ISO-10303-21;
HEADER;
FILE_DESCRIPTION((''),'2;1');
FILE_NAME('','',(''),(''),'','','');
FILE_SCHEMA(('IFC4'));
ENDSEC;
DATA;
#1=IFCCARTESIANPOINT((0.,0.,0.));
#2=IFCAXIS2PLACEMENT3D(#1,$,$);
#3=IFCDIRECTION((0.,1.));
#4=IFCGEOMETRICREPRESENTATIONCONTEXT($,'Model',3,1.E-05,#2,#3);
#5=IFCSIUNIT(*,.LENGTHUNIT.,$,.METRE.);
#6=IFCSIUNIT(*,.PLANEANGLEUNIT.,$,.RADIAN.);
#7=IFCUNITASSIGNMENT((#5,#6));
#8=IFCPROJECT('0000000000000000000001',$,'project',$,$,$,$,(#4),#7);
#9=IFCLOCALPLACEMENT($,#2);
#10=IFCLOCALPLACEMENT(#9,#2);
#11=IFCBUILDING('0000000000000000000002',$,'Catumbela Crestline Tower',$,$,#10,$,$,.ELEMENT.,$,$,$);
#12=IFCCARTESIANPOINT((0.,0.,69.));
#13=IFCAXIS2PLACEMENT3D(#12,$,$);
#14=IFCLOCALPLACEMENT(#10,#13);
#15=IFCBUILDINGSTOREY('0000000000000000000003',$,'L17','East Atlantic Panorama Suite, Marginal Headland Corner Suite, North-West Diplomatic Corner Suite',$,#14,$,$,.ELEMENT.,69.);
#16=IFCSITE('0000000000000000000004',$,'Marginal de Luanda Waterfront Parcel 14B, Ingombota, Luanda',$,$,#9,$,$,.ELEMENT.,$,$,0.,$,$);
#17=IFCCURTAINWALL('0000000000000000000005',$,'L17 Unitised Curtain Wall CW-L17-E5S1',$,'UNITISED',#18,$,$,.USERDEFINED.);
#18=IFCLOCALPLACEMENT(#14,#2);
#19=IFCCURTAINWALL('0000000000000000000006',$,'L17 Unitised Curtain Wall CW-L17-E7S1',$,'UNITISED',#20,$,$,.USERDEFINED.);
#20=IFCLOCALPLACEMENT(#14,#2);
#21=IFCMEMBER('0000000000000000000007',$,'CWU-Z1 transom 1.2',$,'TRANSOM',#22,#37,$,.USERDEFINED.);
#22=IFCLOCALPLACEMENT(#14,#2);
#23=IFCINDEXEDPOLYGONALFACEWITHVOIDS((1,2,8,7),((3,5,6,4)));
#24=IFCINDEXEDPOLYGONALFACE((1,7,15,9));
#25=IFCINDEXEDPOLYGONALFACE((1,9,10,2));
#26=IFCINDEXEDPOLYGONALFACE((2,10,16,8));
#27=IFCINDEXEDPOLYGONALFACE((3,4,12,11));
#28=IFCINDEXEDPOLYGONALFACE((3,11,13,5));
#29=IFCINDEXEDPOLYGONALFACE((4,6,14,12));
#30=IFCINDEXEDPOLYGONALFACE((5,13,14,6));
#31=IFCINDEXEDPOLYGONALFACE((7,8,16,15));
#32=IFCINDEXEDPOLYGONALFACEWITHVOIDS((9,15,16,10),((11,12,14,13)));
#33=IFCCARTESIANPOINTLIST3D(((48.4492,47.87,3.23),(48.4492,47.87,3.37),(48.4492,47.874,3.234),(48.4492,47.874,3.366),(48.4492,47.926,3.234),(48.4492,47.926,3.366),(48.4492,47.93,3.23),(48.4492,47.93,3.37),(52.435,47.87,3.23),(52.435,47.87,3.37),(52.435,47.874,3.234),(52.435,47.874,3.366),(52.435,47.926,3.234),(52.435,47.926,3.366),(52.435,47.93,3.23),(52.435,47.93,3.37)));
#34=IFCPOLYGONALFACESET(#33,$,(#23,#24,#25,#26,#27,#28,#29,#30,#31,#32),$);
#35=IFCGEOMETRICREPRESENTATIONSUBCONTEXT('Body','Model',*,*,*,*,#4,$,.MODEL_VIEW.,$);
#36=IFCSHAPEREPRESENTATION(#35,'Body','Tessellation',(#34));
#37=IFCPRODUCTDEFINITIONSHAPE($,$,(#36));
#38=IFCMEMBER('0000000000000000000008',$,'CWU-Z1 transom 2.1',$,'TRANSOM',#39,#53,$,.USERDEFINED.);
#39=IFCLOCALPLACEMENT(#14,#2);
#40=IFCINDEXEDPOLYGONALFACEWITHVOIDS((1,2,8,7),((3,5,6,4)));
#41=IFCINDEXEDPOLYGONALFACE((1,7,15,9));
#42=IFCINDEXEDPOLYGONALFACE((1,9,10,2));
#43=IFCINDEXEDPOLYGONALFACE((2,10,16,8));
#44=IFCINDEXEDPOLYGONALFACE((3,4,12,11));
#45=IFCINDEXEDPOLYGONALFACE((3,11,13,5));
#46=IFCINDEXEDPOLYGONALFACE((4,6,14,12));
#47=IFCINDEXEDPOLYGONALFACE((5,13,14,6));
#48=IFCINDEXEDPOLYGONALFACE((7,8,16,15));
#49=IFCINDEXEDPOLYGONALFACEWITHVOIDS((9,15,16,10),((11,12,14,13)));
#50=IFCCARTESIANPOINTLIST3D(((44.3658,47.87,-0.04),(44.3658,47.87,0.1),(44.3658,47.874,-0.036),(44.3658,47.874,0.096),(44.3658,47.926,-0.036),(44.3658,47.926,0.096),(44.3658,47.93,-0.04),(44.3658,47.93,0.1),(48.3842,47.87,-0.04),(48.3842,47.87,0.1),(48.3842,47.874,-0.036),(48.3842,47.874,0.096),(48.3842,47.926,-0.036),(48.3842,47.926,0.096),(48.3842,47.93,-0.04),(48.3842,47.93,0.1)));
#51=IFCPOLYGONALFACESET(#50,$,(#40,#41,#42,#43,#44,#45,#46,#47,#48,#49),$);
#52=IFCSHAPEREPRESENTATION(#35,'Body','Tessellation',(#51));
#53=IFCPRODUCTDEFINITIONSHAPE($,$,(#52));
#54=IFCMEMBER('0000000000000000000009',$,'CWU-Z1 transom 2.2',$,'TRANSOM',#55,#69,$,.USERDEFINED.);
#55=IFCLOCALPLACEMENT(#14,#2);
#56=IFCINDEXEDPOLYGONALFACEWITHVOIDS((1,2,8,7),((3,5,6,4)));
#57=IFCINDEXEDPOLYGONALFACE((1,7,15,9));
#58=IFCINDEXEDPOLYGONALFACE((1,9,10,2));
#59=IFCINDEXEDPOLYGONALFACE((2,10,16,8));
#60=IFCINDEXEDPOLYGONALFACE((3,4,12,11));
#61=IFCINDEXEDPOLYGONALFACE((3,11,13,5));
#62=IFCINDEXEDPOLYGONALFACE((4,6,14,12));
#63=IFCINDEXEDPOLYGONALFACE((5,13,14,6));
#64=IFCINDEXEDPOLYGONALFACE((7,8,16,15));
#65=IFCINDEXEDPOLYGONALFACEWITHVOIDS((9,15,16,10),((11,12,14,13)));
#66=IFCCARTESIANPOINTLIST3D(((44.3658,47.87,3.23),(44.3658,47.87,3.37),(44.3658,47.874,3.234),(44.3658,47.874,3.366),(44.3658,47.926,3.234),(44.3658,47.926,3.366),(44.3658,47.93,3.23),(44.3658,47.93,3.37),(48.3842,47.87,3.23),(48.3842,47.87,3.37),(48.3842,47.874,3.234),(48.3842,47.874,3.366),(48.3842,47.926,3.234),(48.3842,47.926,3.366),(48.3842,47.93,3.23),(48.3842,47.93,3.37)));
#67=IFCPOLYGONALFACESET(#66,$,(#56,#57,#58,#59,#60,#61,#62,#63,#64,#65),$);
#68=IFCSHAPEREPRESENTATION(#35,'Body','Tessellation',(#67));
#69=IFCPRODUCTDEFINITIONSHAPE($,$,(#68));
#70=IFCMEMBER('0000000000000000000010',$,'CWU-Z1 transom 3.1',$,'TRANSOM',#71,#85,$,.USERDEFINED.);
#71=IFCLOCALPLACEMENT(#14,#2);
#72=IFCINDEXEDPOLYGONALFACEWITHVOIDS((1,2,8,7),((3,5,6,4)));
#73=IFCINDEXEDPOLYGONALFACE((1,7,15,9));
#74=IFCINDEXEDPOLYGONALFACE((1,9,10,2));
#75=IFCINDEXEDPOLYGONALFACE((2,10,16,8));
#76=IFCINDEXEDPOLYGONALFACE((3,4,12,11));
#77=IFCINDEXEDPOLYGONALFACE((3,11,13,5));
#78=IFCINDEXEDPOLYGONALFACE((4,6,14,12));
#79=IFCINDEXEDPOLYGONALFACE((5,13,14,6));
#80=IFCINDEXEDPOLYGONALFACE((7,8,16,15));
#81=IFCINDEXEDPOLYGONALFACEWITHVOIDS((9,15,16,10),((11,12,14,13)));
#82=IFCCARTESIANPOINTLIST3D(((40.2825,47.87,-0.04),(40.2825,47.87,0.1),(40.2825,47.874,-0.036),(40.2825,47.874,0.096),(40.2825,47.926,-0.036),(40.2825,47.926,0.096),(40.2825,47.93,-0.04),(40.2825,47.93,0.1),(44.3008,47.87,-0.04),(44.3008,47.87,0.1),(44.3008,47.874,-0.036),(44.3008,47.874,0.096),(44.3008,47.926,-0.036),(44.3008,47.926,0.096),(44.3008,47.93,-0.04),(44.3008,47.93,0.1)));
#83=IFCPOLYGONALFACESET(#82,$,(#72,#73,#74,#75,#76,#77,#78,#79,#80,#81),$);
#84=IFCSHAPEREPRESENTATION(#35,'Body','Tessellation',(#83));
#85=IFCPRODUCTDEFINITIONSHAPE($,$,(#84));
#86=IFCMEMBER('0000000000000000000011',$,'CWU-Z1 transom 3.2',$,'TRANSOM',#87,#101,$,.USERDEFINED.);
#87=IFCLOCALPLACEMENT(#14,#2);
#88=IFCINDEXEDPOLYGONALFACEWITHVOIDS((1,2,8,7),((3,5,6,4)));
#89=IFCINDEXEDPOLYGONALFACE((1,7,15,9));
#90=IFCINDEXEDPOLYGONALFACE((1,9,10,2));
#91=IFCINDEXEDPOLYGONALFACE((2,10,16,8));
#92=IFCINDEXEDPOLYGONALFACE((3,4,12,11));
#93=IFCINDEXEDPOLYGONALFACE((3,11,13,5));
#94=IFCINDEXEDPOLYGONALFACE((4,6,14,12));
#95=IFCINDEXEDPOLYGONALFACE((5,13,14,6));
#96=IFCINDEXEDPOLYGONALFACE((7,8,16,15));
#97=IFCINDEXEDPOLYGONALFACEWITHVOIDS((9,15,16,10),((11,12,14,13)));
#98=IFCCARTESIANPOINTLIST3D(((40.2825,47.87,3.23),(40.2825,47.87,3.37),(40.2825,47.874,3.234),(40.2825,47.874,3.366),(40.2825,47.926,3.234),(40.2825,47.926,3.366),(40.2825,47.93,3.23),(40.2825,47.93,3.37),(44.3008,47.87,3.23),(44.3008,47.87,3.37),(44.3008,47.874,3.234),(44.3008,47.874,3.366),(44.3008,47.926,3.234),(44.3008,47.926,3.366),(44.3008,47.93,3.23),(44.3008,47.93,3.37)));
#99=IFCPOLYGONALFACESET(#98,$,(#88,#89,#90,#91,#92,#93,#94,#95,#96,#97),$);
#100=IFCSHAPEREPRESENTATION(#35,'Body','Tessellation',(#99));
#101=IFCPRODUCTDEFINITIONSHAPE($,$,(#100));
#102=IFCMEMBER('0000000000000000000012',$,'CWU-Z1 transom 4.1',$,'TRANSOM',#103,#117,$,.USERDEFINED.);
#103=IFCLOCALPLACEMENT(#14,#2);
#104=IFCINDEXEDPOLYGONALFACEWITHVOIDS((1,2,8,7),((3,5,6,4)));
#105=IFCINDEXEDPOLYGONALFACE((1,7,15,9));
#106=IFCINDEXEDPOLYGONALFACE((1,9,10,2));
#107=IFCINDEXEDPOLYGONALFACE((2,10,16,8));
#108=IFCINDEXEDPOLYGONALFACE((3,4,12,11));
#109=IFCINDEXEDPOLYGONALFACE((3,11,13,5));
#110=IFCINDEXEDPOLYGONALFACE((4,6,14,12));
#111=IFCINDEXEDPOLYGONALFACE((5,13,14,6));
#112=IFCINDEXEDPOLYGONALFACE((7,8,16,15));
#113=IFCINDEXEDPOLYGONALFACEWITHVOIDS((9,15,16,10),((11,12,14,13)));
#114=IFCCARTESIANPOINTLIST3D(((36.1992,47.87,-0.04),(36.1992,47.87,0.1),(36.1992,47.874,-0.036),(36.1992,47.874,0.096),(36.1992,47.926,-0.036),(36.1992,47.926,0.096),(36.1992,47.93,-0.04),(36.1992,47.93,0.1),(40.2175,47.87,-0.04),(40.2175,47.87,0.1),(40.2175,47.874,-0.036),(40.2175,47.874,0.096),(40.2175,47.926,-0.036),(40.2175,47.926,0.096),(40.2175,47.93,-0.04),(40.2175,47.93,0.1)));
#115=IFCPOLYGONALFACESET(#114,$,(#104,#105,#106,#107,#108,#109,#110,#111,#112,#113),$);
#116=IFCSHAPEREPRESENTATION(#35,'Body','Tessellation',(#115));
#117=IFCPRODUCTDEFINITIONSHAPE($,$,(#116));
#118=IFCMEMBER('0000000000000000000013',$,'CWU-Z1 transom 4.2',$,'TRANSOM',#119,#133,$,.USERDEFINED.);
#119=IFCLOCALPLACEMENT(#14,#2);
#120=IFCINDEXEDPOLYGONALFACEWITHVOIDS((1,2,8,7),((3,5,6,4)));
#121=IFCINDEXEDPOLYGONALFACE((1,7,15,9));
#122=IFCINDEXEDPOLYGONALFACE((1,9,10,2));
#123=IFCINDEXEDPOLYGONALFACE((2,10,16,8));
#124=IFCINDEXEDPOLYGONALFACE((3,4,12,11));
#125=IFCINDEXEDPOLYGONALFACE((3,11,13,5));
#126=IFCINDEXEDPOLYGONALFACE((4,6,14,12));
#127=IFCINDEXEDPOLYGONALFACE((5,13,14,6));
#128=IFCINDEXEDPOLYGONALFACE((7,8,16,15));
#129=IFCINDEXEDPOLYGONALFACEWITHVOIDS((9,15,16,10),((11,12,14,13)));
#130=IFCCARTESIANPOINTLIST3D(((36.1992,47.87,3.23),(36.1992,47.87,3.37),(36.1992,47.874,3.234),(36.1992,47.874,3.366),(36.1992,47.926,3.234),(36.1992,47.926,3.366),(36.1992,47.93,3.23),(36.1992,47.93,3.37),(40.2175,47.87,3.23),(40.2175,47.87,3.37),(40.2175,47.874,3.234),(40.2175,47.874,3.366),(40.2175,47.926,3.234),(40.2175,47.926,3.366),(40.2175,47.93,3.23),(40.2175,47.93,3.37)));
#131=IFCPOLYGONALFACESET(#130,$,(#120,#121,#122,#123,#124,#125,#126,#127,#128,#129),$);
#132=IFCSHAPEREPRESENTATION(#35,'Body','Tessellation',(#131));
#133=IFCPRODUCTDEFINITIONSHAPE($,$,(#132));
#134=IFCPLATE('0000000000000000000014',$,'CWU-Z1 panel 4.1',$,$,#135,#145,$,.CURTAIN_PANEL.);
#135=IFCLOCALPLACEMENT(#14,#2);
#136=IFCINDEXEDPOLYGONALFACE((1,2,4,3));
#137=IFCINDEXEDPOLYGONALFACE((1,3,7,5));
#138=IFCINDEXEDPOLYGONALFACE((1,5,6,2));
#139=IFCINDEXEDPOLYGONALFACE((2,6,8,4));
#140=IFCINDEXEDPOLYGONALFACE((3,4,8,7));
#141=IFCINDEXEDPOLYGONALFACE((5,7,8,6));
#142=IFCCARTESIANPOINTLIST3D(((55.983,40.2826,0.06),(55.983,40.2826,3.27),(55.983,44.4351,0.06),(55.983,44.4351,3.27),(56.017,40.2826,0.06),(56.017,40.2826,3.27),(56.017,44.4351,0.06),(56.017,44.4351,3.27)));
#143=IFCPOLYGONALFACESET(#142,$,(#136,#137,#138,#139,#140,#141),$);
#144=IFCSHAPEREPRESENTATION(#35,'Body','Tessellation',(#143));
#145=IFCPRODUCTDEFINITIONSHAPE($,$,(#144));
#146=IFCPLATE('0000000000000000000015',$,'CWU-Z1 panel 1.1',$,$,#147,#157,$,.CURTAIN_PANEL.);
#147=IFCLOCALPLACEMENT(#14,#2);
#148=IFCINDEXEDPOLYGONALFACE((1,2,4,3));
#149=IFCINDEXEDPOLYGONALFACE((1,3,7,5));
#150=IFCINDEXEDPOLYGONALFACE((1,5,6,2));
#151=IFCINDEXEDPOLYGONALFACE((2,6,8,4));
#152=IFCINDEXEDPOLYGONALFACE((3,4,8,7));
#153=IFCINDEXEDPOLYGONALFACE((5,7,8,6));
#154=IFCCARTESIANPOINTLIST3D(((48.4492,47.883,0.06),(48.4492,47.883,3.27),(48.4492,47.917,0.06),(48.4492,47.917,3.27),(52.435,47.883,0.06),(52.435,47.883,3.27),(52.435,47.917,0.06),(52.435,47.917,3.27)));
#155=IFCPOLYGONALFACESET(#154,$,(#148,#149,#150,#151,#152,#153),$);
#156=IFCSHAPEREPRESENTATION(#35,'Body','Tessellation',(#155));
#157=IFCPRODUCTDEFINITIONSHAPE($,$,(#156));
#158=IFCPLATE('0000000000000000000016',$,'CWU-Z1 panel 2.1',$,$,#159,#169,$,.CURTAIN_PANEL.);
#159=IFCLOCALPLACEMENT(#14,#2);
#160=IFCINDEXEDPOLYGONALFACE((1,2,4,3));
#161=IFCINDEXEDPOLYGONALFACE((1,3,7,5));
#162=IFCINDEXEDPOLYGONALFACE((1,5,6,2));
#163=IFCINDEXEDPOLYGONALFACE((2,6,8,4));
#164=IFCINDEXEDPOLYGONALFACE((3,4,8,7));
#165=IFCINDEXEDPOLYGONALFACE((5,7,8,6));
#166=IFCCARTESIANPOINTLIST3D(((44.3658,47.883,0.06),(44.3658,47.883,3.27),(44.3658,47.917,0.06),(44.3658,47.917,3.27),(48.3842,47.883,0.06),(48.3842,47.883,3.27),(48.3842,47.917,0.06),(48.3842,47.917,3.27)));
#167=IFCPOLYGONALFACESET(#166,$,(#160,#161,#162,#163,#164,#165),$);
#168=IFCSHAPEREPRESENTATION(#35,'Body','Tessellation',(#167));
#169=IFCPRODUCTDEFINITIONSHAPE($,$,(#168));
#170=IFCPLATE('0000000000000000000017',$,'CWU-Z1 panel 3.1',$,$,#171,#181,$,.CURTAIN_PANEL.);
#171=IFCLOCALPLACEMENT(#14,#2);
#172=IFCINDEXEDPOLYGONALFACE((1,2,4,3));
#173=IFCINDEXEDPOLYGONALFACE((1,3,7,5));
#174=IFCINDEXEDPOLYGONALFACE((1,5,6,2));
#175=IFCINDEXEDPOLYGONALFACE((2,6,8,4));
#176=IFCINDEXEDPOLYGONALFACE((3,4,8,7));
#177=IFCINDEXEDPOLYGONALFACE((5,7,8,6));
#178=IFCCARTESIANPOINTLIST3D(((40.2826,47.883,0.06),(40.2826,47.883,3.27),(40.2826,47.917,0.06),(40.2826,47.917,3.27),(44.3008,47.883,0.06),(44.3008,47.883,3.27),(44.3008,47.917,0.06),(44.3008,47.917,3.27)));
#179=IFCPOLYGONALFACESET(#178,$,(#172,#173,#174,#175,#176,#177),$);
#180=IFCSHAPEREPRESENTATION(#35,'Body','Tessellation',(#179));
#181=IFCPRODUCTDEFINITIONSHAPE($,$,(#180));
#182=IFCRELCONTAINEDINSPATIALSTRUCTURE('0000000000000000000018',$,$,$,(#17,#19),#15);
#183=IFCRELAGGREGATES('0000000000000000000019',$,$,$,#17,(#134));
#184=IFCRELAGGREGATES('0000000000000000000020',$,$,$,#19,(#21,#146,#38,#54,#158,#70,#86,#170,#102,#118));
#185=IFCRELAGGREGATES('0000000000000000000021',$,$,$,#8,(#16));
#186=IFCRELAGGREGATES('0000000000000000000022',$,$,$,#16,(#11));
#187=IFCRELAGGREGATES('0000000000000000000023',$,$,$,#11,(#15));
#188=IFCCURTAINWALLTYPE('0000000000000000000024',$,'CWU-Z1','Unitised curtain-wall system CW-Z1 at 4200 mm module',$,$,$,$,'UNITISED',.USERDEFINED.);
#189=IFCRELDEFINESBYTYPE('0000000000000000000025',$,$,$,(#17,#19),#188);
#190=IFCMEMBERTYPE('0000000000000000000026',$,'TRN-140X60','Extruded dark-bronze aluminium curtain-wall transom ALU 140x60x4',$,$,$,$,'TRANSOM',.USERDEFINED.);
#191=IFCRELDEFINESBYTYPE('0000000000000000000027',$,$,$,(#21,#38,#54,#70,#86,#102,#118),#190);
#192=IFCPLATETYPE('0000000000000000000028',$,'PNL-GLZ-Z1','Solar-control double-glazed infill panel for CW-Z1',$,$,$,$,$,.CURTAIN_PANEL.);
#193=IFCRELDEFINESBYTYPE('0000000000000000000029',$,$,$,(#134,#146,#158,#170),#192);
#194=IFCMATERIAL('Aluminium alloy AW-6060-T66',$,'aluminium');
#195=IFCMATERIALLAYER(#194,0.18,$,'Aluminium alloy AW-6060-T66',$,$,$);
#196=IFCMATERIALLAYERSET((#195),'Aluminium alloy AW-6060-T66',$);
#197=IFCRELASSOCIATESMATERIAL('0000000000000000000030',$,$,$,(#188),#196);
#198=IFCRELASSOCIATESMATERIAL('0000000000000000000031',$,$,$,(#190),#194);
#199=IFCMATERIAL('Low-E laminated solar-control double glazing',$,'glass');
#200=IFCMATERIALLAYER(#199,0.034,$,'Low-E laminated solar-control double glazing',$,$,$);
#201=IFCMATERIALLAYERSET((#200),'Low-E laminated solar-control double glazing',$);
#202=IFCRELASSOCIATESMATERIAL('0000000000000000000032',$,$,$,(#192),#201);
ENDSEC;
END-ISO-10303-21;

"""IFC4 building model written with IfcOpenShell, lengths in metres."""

from ifc_helpers import new_model, si_unit, direction, frame, origin, origin_2d, place, context, subcontext, project, spatial, rectangle, hollow_rectangle, extrude, material, layer, layer_set, material_profile, profile_set, type_object, element, aggregate, save


model = new_model("IFC4")

# Units and contexts
model_context = context("Model", 3, precision=1e-05, world=origin(), true_north=direction((0.0, 1.0)))
body_context = subcontext(model_context, "Body", "Model", "MODEL_VIEW")
ifc_project = project(units=[si_unit("LENGTHUNIT", "METRE"), si_unit("PLANEANGLEUNIT", "RADIAN")], contexts=[model_context])

# Site, building, storey
site_placement = place(None, origin())
site = spatial("IfcSite", under=ifc_project, at=site_placement, Name="Marginal de Luanda Waterfront Parcel 14B, Ingombota, Luanda", CompositionType="ELEMENT", RefElevation=0.0)
building_placement = place(site_placement, origin())
building = spatial("IfcBuilding", under=site, at=building_placement, Name="Catumbela Crestline Tower", CompositionType="ELEMENT")
storey_placement = place(building_placement, frame((0.0, 0.0, 69.0)))
storey = spatial("IfcBuildingStorey", under=building, at=storey_placement, Name="L17", Description="East Atlantic Panorama Suite, Marginal Headland Corner Suite, North-West Diplomatic Corner Suite", CompositionType="ELEMENT", Elevation=69.0)

# Curtain wall
ifc_material_1 = material(Name="Aluminium alloy AW-6060-T66", Category="aluminium")
ifc_layer_1 = layer(ifc_material_1, 0.18, Name="Aluminium alloy AW-6060-T66")
ifc_layer_set_1 = layer_set([ifc_layer_1], Name="Aluminium alloy AW-6060-T66")
curtain_wall_type = type_object("IfcCurtainWallType", Name="CWU-Z1", Description="Unitised curtain-wall system CW-Z1 at 4200 mm module", ElementType="UNITISED", PredefinedType="USERDEFINED", material=ifc_layer_set_1)
curtain_wall_1_placement = place(storey_placement, origin())
curtain_wall_1 = element("IfcCurtainWall", 1, at=curtain_wall_1_placement, inside=storey, type_object=curtain_wall_type, Name="L17 Unitised Curtain Wall CW-L17-E5S1", ObjectType="UNITISED", PredefinedType="USERDEFINED")

# Curtain wall
curtain_wall_2_placement = place(storey_placement, origin())
curtain_wall_2 = element("IfcCurtainWall", 2, at=curtain_wall_2_placement, inside=storey, type_object=curtain_wall_type, Name="L17 Unitised Curtain Wall CW-L17-E7S1", ObjectType="UNITISED", PredefinedType="USERDEFINED")

# Members
ifc_material_profile_1 = material_profile(ifc_material_1, hollow_rectangle(XDim=0.06, YDim=0.14, WallThickness=0.004, at=origin_2d()), Name="ALU 140x60x4")
ifc_profile_set_1 = profile_set([ifc_material_profile_1], Name="Aluminium alloy AW-6060-T66")
member_type_1 = type_object("IfcMemberType", Name="TRN-140X60", Description="Extruded dark-bronze aluminium curtain-wall transom ALU 140x60x4", ElementType="TRANSOM", PredefinedType="USERDEFINED", material=ifc_profile_set_1)
member_1_placement = place(storey_placement, frame((52.435, 47.9, 3.3), z_axis=(-1.0, 0.0, 0.0), x_axis=(0.0, -1.0, 0.0)))
member_1 = element("IfcMember", 3, at=member_1_placement, type_object=member_type_1, Name="CWU-Z1 transom 1.2", ObjectType="TRANSOM", PredefinedType="USERDEFINED", context=body_context, shape_type="SweptSolid", body=[
    extrude(hollow_rectangle(XDim=0.06, YDim=0.14, WallThickness=0.004, at=origin_2d()), origin(), (0.0, 0.0, 1.0), 3.9858),
])
member_2_placement = place(storey_placement, frame((48.3842, 47.9, 0.03), z_axis=(-1.0, 0.0, 0.0), x_axis=(0.0, -1.0, 0.0)))
member_2 = element("IfcMember", 4, at=member_2_placement, type_object=member_type_1, Name="CWU-Z1 transom 2.1", ObjectType="TRANSOM", PredefinedType="USERDEFINED", context=body_context, shape_type="SweptSolid", body=[
    extrude(hollow_rectangle(XDim=0.06, YDim=0.14, WallThickness=0.004, at=origin_2d()), origin(), (0.0, 0.0, 1.0), 4.0184),
])
member_3_placement = place(storey_placement, frame((48.3842, 47.9, 3.3), z_axis=(-1.0, 0.0, 0.0), x_axis=(0.0, -1.0, 0.0)))
member_3 = element("IfcMember", 5, at=member_3_placement, type_object=member_type_1, Name="CWU-Z1 transom 2.2", ObjectType="TRANSOM", PredefinedType="USERDEFINED", context=body_context, shape_type="SweptSolid", body=[
    extrude(hollow_rectangle(XDim=0.06, YDim=0.14, WallThickness=0.004, at=origin_2d()), origin(), (0.0, 0.0, 1.0), 4.0184),
])
member_4_placement = place(storey_placement, frame((44.3008, 47.9, 0.03), z_axis=(-1.0, 0.0, 0.0), x_axis=(0.0, -1.0, 0.0)))
member_4 = element("IfcMember", 6, at=member_4_placement, type_object=member_type_1, Name="CWU-Z1 transom 3.1", ObjectType="TRANSOM", PredefinedType="USERDEFINED", context=body_context, shape_type="SweptSolid", body=[
    extrude(hollow_rectangle(XDim=0.06, YDim=0.14, WallThickness=0.004, at=origin_2d()), origin(), (0.0, 0.0, 1.0), 4.0183),
])
member_5_placement = place(storey_placement, frame((44.3008, 47.9, 3.3), z_axis=(-1.0, 0.0, 0.0), x_axis=(0.0, -1.0, 0.0)))
member_5 = element("IfcMember", 7, at=member_5_placement, type_object=member_type_1, Name="CWU-Z1 transom 3.2", ObjectType="TRANSOM", PredefinedType="USERDEFINED", context=body_context, shape_type="SweptSolid", body=[
    extrude(hollow_rectangle(XDim=0.06, YDim=0.14, WallThickness=0.004, at=origin_2d()), origin(), (0.0, 0.0, 1.0), 4.0183),
])
member_6_placement = place(storey_placement, frame((40.2175, 47.9, 0.03), z_axis=(-1.0, 0.0, 0.0), x_axis=(0.0, -1.0, 0.0)))
member_6 = element("IfcMember", 8, at=member_6_placement, type_object=member_type_1, Name="CWU-Z1 transom 4.1", ObjectType="TRANSOM", PredefinedType="USERDEFINED", context=body_context, shape_type="SweptSolid", body=[
    extrude(hollow_rectangle(XDim=0.06, YDim=0.14, WallThickness=0.004, at=origin_2d()), origin(), (0.0, 0.0, 1.0), 4.0183),
])
member_7_placement = place(storey_placement, frame((40.2175, 47.9, 3.3), z_axis=(-1.0, 0.0, 0.0), x_axis=(0.0, -1.0, 0.0)))
member_7 = element("IfcMember", 9, at=member_7_placement, type_object=member_type_1, Name="CWU-Z1 transom 4.2", ObjectType="TRANSOM", PredefinedType="USERDEFINED", context=body_context, shape_type="SweptSolid", body=[
    extrude(hollow_rectangle(XDim=0.06, YDim=0.14, WallThickness=0.004, at=origin_2d()), origin(), (0.0, 0.0, 1.0), 4.0183),
])

# Plates
ifc_material_2 = material(Name="Low-E laminated solar-control double glazing", Category="glass")
ifc_layer_2 = layer(ifc_material_2, 0.034, Name="Low-E laminated solar-control double glazing")
ifc_layer_set_2 = layer_set([ifc_layer_2], Name="Low-E laminated solar-control double glazing")
plate_type = type_object("IfcPlateType", Name="PNL-GLZ-Z1", Description="Solar-control double-glazed infill panel for CW-Z1", PredefinedType="CURTAIN_PANEL", material=ifc_layer_set_2)
plate_1_placement = place(storey_placement, frame((56.0, 42.3588, 0.06), z_axis=(0.0, 0.0, 1.0), x_axis=(0.0, 1.0, 0.0)))
plate_1 = element("IfcPlate", 10, at=plate_1_placement, type_object=plate_type, Name="CWU-Z1 panel 4.1", PredefinedType="CURTAIN_PANEL", context=body_context, shape_type="SweptSolid", body=[
    extrude(rectangle(XDim=4.1525, YDim=0.034, at=origin_2d()), origin(), (0.0, 0.0, 1.0), 3.21),
])
aggregate(curtain_wall_1, [plate_1])
plate_2_placement = place(storey_placement, frame((50.4421, 47.9, 0.06), z_axis=(0.0, 0.0, 1.0), x_axis=(-1.0, 0.0, 0.0)))
plate_2 = element("IfcPlate", 11, at=plate_2_placement, type_object=plate_type, Name="CWU-Z1 panel 1.1", PredefinedType="CURTAIN_PANEL", context=body_context, shape_type="SweptSolid", body=[
    extrude(rectangle(XDim=3.9858, YDim=0.034, at=origin_2d()), origin(), (0.0, 0.0, 1.0), 3.21),
])
plate_3_placement = place(storey_placement, frame((46.375, 47.9, 0.06), z_axis=(0.0, 0.0, 1.0), x_axis=(-1.0, 0.0, 0.0)))
plate_3 = element("IfcPlate", 12, at=plate_3_placement, type_object=plate_type, Name="CWU-Z1 panel 2.1", PredefinedType="CURTAIN_PANEL", context=body_context, shape_type="SweptSolid", body=[
    extrude(rectangle(XDim=4.0183, YDim=0.034, at=origin_2d()), origin(), (0.0, 0.0, 1.0), 3.21),
])
plate_4_placement = place(storey_placement, frame((42.2917, 47.9, 0.06), z_axis=(0.0, 0.0, 1.0), x_axis=(-1.0, 0.0, 0.0)))
plate_4 = element("IfcPlate", 13, at=plate_4_placement, type_object=plate_type, Name="CWU-Z1 panel 3.1", PredefinedType="CURTAIN_PANEL", context=body_context, shape_type="SweptSolid", body=[
    extrude(rectangle(XDim=4.0183, YDim=0.034, at=origin_2d()), origin(), (0.0, 0.0, 1.0), 3.21),
])
aggregate(curtain_wall_2, [member_1, plate_2, member_2, member_3, plate_3, member_4, member_5, plate_4, member_6, member_7])

save(model, "model.ifc")
